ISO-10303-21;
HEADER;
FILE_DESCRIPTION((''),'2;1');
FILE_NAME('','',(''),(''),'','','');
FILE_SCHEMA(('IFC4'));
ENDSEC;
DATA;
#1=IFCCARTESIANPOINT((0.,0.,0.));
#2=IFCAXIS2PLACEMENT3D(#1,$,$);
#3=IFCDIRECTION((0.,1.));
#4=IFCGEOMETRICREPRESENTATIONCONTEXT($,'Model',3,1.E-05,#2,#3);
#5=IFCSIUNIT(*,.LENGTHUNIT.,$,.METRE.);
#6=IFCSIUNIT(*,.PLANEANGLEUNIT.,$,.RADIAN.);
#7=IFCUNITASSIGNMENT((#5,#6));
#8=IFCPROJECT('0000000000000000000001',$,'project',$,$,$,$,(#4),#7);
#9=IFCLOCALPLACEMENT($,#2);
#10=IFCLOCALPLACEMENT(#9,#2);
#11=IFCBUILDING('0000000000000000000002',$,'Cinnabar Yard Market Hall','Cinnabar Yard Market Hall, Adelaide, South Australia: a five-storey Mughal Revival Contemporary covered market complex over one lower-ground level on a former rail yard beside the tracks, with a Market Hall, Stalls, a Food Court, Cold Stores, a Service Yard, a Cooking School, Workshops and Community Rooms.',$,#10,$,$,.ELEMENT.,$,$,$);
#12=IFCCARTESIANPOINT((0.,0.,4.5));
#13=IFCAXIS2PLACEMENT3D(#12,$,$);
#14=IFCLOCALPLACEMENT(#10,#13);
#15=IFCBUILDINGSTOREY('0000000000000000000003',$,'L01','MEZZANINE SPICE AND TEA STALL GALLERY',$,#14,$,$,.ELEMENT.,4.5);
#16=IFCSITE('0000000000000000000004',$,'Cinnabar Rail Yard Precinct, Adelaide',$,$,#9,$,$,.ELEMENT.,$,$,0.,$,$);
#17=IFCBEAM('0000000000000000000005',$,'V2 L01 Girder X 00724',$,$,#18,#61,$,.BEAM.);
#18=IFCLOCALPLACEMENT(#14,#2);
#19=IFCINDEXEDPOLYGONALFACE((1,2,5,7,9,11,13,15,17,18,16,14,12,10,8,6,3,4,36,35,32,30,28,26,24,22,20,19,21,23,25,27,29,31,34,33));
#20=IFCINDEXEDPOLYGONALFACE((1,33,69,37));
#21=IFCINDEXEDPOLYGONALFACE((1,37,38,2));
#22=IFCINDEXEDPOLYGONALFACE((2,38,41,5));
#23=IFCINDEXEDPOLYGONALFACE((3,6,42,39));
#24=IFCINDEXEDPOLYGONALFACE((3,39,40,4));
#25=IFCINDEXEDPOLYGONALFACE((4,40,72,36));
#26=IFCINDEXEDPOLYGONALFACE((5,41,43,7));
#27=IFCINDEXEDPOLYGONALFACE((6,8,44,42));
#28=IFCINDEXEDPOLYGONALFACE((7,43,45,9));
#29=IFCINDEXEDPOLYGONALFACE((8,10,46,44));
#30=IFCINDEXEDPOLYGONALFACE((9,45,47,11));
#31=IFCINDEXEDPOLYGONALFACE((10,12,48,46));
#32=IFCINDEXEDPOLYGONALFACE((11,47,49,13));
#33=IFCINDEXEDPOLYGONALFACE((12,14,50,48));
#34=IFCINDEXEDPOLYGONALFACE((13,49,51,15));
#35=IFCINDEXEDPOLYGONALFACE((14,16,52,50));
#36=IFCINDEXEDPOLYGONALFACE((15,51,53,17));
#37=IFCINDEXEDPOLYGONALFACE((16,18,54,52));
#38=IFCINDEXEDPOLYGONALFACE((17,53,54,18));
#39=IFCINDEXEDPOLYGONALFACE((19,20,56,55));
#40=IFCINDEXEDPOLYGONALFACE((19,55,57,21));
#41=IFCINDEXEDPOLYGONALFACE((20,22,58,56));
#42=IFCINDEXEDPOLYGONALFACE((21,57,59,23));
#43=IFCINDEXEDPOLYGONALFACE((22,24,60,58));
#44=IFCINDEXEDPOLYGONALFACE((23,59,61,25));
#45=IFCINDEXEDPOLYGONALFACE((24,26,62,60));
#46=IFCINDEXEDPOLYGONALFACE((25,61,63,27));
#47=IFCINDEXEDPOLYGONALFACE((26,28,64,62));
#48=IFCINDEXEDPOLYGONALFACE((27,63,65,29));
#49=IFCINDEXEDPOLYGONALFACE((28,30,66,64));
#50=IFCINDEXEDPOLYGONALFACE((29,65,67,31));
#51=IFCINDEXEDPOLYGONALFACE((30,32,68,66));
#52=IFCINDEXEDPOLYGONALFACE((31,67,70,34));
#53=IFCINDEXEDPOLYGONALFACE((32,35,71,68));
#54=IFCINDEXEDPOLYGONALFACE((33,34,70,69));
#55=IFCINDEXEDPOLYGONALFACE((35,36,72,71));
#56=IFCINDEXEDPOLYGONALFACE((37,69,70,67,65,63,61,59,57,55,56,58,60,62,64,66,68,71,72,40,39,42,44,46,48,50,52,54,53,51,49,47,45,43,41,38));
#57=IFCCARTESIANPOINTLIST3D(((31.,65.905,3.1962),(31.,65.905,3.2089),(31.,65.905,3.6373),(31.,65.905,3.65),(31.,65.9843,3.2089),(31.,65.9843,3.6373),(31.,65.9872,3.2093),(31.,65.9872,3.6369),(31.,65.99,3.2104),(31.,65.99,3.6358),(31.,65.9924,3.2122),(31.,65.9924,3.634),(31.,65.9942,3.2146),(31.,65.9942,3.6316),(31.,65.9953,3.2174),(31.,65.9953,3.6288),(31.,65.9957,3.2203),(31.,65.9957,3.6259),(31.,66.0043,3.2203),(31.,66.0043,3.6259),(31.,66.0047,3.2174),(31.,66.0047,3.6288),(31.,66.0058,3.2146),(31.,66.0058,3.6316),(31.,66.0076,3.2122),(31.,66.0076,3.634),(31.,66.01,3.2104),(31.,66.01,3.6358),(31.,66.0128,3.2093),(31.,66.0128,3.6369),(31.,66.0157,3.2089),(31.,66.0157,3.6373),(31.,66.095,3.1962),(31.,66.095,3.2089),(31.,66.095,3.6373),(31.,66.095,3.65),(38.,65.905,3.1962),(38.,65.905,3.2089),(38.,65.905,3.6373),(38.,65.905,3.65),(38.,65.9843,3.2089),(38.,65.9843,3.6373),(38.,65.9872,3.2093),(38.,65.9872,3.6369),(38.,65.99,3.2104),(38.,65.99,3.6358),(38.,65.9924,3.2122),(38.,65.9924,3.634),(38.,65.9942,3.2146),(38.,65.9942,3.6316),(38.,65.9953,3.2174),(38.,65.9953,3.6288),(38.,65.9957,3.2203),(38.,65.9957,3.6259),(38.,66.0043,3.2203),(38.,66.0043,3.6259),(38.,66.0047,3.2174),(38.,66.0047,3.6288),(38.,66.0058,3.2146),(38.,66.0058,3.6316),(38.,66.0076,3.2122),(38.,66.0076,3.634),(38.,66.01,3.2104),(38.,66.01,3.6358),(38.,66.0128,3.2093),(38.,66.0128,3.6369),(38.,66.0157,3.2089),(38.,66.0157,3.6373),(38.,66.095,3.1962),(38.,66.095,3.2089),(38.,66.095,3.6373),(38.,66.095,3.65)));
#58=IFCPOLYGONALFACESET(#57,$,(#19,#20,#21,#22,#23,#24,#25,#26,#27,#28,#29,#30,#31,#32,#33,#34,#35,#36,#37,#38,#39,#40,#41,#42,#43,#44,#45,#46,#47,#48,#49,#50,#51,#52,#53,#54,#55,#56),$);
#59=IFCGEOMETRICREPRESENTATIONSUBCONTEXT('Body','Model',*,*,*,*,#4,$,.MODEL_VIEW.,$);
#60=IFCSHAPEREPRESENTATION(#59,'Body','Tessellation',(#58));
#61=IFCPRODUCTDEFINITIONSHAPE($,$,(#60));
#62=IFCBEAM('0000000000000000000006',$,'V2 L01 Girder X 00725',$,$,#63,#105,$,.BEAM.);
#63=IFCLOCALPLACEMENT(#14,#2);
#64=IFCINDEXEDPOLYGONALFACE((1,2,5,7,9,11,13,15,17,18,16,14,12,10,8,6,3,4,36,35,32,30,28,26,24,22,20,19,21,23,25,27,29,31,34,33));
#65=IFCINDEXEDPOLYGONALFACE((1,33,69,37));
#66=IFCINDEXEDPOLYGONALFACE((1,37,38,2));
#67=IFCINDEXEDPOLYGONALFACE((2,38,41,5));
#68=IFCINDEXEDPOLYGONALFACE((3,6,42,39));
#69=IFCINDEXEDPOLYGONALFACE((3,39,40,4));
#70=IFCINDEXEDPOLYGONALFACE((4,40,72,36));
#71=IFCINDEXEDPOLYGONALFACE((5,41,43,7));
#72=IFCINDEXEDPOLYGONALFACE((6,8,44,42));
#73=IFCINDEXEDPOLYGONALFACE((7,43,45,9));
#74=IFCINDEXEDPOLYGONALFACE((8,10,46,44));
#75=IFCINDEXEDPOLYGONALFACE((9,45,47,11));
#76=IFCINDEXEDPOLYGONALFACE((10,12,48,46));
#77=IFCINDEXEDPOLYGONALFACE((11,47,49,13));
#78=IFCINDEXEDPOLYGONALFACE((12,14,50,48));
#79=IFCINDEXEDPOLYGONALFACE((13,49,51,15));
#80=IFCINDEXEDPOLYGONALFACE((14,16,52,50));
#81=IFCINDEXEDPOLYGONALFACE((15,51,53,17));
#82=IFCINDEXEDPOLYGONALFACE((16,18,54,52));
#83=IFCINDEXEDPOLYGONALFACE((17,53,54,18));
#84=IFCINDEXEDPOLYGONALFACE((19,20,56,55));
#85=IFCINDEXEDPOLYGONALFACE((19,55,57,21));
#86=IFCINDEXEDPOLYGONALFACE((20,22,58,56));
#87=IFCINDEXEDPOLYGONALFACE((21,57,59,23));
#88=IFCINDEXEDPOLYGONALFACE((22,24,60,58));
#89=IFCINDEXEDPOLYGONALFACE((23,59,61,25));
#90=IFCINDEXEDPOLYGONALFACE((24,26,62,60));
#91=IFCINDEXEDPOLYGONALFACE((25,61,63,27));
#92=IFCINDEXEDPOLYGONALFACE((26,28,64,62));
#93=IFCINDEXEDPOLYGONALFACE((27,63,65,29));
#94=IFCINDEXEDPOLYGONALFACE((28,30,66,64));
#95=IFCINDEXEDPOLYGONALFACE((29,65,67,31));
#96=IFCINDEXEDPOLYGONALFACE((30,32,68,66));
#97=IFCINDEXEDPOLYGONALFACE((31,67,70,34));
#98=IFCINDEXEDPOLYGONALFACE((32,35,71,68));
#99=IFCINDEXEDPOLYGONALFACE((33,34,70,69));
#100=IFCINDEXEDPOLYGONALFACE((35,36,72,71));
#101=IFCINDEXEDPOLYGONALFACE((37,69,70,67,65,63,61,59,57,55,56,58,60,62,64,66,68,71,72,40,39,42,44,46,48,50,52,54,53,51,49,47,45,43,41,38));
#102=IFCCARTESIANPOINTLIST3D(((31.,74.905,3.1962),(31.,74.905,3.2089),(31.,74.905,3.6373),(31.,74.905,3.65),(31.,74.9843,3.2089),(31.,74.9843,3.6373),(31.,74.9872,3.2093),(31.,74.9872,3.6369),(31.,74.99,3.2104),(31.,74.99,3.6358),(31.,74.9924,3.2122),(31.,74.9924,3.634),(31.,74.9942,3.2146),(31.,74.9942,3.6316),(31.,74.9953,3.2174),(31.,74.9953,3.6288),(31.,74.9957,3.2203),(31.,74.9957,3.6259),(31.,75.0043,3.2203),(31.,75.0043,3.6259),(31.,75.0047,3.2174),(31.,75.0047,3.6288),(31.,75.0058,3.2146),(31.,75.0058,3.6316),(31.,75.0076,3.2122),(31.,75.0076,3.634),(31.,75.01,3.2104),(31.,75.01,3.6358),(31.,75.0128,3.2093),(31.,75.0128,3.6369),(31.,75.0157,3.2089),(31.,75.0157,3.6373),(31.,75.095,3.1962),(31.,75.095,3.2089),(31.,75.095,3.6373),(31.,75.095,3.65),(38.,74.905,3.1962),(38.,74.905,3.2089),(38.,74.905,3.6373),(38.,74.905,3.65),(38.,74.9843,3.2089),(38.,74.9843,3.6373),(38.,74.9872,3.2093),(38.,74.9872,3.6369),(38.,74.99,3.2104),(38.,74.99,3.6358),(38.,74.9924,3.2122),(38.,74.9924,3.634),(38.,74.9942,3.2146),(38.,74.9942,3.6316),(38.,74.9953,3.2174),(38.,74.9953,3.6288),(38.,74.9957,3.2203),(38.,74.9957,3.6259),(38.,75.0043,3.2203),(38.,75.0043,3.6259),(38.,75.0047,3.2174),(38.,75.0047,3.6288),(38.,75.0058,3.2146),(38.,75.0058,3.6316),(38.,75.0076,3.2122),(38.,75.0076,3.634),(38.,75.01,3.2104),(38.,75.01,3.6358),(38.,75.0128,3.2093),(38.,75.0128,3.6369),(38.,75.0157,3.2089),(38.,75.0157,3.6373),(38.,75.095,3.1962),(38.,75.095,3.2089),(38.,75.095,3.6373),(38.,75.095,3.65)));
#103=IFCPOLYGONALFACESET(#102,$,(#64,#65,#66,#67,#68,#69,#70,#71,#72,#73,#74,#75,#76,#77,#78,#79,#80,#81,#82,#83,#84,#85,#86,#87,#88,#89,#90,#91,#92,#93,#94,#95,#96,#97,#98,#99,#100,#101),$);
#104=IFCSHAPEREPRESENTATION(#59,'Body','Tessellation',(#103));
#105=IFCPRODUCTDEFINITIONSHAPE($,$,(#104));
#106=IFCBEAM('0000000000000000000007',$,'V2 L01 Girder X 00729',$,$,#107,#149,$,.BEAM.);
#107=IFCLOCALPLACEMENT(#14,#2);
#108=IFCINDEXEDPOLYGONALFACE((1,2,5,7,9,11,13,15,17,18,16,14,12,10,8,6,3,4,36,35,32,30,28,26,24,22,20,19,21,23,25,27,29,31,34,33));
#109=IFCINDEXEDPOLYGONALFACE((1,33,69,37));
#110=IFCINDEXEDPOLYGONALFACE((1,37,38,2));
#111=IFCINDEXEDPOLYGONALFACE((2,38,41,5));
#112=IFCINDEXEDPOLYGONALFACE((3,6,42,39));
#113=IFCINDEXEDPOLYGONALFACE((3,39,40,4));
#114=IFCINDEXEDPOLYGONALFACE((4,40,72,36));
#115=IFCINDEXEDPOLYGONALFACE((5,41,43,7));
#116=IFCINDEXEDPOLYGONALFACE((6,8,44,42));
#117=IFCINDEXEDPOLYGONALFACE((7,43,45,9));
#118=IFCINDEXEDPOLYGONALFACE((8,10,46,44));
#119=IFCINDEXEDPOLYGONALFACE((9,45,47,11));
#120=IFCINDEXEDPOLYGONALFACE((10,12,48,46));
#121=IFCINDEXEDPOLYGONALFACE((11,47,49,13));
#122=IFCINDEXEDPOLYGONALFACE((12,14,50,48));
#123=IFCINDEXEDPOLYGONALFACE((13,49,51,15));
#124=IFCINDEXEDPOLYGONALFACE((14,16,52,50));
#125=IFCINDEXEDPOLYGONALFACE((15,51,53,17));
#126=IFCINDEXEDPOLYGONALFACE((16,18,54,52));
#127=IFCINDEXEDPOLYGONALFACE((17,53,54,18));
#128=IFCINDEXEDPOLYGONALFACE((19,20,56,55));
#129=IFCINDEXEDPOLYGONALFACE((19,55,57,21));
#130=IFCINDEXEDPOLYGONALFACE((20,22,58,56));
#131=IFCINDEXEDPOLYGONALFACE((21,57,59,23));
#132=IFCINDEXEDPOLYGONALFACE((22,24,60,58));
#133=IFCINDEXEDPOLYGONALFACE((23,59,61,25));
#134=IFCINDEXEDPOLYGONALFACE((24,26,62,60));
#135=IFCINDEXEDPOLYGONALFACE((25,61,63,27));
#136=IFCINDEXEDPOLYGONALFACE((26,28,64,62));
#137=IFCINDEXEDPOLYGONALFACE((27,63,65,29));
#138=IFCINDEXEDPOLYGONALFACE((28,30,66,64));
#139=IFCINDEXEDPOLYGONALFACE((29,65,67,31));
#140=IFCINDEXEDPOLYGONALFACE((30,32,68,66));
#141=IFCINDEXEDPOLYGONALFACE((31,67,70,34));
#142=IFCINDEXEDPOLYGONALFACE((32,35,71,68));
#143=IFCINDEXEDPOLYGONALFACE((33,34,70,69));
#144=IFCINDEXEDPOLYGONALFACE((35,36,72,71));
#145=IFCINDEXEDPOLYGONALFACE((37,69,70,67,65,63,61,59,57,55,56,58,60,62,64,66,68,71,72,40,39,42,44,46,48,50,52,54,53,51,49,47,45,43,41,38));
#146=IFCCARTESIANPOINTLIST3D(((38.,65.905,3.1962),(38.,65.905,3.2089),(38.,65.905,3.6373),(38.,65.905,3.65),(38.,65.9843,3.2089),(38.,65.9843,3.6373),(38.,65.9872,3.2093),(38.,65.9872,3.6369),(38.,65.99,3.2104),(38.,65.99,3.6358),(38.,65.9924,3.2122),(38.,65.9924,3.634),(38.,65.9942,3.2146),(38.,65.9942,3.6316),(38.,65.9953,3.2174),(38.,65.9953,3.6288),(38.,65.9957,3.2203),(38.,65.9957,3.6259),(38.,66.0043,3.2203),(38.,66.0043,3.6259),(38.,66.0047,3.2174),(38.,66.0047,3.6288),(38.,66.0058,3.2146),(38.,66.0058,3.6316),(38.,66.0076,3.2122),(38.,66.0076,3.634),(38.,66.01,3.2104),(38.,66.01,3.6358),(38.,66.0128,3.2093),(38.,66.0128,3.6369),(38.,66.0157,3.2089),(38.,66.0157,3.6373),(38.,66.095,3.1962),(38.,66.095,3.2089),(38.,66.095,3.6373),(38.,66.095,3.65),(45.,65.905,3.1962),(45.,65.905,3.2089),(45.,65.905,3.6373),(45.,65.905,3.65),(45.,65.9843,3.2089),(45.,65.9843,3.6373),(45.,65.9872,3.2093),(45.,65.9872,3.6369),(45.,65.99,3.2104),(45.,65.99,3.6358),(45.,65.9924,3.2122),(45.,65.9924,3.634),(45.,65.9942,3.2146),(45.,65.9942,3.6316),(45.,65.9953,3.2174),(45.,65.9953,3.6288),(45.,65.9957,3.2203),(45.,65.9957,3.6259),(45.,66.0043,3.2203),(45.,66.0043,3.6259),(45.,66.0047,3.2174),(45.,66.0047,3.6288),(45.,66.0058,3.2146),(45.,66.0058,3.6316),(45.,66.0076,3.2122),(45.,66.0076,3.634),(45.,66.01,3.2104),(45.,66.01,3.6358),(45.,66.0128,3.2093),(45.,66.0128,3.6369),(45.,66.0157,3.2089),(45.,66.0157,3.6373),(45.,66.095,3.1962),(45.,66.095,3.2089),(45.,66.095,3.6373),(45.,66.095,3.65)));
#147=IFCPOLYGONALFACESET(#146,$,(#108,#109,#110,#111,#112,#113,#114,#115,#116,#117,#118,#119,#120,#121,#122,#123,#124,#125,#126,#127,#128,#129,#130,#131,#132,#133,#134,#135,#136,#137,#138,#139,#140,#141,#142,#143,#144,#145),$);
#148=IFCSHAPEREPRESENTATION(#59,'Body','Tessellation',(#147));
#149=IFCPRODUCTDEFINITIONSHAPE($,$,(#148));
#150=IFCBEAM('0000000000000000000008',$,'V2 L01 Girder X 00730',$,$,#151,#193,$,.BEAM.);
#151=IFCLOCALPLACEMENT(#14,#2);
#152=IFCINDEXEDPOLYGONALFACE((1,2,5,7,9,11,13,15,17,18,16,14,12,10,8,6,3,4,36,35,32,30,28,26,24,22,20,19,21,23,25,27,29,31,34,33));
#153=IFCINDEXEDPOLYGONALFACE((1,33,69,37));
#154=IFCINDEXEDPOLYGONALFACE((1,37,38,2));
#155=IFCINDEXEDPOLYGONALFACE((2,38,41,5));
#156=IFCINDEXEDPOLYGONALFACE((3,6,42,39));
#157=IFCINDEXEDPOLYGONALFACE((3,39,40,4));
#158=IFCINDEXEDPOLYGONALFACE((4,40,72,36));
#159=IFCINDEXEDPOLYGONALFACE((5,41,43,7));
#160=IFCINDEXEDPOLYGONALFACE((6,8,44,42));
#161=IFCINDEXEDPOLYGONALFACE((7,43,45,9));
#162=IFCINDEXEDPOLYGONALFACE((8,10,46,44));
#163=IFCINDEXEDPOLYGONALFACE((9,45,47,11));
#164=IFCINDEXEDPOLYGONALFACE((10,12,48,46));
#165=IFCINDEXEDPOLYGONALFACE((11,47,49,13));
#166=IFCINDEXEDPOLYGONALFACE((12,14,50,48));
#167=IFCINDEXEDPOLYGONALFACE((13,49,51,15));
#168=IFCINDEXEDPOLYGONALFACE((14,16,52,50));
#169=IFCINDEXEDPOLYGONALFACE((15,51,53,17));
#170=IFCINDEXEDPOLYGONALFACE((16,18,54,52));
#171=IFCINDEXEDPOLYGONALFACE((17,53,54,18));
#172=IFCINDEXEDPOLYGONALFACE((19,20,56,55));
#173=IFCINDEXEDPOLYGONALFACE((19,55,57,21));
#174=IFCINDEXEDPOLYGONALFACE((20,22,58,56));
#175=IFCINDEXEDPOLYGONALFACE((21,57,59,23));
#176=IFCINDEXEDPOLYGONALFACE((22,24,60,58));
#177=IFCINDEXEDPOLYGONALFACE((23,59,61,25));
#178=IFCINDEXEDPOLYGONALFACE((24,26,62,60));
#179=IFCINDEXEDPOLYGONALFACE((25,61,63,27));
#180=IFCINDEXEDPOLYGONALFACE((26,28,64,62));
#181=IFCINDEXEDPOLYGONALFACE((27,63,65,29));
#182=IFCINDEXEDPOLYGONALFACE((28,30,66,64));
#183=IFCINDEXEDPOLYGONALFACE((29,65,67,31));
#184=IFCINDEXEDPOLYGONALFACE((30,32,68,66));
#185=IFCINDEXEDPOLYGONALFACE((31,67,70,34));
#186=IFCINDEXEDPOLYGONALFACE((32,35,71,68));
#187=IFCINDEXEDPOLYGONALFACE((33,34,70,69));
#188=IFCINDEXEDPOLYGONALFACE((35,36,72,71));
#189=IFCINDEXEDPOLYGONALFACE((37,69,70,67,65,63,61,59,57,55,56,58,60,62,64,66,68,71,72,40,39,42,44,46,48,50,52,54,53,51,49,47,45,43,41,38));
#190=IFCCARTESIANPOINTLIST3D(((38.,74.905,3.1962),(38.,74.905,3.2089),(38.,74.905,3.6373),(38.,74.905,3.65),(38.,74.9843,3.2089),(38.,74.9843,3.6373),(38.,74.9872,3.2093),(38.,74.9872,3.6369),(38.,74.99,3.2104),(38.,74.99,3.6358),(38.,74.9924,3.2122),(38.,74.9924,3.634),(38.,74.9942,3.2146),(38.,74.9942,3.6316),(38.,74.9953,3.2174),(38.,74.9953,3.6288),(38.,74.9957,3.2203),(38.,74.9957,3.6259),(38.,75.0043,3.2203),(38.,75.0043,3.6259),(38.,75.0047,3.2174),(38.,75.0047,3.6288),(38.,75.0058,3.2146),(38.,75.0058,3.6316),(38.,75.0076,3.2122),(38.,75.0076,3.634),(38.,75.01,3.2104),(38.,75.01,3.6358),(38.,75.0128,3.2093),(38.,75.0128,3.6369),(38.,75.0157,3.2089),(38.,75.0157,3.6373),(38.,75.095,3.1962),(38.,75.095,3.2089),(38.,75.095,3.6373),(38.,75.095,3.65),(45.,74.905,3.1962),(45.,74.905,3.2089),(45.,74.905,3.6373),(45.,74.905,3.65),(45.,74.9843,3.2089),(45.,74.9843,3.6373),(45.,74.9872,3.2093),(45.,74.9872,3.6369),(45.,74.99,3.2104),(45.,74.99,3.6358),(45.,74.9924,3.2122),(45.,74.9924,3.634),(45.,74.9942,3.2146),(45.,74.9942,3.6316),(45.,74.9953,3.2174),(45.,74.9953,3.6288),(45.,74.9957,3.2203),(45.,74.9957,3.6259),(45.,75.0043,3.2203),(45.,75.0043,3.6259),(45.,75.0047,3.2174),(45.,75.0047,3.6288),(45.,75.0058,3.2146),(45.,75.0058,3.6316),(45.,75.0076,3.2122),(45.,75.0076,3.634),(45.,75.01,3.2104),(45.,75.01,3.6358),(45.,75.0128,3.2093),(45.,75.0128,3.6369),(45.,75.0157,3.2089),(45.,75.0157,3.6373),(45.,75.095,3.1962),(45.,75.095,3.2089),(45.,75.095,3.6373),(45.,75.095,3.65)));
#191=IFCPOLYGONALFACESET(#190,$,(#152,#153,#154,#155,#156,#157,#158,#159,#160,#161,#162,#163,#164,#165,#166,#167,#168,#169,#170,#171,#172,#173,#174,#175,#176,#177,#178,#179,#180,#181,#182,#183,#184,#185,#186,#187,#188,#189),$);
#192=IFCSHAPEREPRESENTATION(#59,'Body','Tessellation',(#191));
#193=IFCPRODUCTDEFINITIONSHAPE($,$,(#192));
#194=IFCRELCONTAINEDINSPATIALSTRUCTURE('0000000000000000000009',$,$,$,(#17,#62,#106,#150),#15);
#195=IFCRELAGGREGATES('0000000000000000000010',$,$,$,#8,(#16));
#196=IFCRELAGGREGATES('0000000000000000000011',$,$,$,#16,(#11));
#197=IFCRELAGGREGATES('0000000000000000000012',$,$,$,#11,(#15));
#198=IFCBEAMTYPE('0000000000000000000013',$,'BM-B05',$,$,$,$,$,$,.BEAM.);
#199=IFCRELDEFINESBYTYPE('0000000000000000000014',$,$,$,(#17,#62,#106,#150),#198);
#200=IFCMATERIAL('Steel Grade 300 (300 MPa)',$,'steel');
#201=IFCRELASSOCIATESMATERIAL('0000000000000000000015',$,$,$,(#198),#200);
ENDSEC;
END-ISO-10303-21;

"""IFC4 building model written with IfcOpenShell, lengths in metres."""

from ifc_helpers import new_model, si_unit, direction, frame, origin, origin_2d_with_axis, place, context, subcontext, project, spatial, i_section, extrude, material, material_profile, profile_set, type_object, element, save


model = new_model("IFC4")

# Units and contexts
model_context = context("Model", 3, precision=1e-05, world=origin(), true_north=direction((0.0, 1.0)))
body_context = subcontext(model_context, "Body", "Model", "MODEL_VIEW")
ifc_project = project(units=[si_unit("LENGTHUNIT", "METRE"), si_unit("PLANEANGLEUNIT", "RADIAN")], contexts=[model_context])

# Site, building, storey
site_placement = place(None, origin())
site = spatial("IfcSite", under=ifc_project, at=site_placement, Name="Cinnabar Rail Yard Precinct, Adelaide", CompositionType="ELEMENT", RefElevation=0.0)
building_placement = place(site_placement, origin())
building = spatial("IfcBuilding", under=site, at=building_placement, Name="Cinnabar Yard Market Hall", Description="Cinnabar Yard Market Hall, Adelaide, South Australia: a five-storey Mughal Revival Contemporary covered market complex over one lower-ground level on a former rail yard beside the tracks, with a Market Hall, Stalls, a Food Court, Cold Stores, a Service Yard, a Cooking School, Workshops and Community Rooms.", CompositionType="ELEMENT")
storey_placement = place(building_placement, frame((0.0, 0.0, 4.5)))
storey = spatial("IfcBuildingStorey", under=building, at=storey_placement, Name="L01", Description="MEZZANINE SPICE AND TEA STALL GALLERY", CompositionType="ELEMENT", Elevation=4.5)

# Shared definitions
ifc_material_1 = material(Name="Steel Grade 300 (300 MPa)", Category="steel")

# Beams
ifc_material_profile_1 = material_profile(ifc_material_1, i_section(OverallWidth=0.1899, OverallDepth=0.4539, WebThickness=0.0085, FlangeThickness=0.0127, FilletRadius=0.0115, at=origin_2d_with_axis()), Name="460UB67.1")
ifc_profile_set_1 = profile_set([ifc_material_profile_1], Name="Steel Grade 300 (300 MPa)")
beam_type_1 = type_object("IfcBeamType", Name="BM-B05", PredefinedType="BEAM", material=ifc_profile_set_1)
for number, where, z_axis, x_axis, name in (
    (1, (31.0, 66.0, 3.4231), (1.0, 0.0, 0.0), (0.0, 1.0, 0.0), "V2 L01 Girder X 00724"),
    (2, (31.0, 75.0, 3.4231), (1.0, 0.0, 0.0), (0.0, 1.0, 0.0), "V2 L01 Girder X 00725"),
    (3, (38.0, 66.0, 3.4231), (1.0, 0.0, 0.0), (0.0, 1.0, 0.0), "V2 L01 Girder X 00729"),
    (4, (38.0, 75.0, 3.4231), (1.0, 0.0, 0.0), (0.0, 1.0, 0.0), "V2 L01 Girder X 00730"),
):
    element("IfcBeam", number, at=place(storey_placement, frame(where, z_axis=z_axis, x_axis=x_axis)), inside=storey, type_object=beam_type_1, Name=name, PredefinedType="BEAM", context=body_context, shape_type="SweptSolid", body=[
        extrude(i_section(OverallWidth=0.1899, OverallDepth=0.4539, WebThickness=0.0085, FlangeThickness=0.0127, FilletRadius=0.0115, at=origin_2d_with_axis()), origin(), (0.0, 0.0, 1.0), 7.0),
    ])

save(model, "model.ifc")
